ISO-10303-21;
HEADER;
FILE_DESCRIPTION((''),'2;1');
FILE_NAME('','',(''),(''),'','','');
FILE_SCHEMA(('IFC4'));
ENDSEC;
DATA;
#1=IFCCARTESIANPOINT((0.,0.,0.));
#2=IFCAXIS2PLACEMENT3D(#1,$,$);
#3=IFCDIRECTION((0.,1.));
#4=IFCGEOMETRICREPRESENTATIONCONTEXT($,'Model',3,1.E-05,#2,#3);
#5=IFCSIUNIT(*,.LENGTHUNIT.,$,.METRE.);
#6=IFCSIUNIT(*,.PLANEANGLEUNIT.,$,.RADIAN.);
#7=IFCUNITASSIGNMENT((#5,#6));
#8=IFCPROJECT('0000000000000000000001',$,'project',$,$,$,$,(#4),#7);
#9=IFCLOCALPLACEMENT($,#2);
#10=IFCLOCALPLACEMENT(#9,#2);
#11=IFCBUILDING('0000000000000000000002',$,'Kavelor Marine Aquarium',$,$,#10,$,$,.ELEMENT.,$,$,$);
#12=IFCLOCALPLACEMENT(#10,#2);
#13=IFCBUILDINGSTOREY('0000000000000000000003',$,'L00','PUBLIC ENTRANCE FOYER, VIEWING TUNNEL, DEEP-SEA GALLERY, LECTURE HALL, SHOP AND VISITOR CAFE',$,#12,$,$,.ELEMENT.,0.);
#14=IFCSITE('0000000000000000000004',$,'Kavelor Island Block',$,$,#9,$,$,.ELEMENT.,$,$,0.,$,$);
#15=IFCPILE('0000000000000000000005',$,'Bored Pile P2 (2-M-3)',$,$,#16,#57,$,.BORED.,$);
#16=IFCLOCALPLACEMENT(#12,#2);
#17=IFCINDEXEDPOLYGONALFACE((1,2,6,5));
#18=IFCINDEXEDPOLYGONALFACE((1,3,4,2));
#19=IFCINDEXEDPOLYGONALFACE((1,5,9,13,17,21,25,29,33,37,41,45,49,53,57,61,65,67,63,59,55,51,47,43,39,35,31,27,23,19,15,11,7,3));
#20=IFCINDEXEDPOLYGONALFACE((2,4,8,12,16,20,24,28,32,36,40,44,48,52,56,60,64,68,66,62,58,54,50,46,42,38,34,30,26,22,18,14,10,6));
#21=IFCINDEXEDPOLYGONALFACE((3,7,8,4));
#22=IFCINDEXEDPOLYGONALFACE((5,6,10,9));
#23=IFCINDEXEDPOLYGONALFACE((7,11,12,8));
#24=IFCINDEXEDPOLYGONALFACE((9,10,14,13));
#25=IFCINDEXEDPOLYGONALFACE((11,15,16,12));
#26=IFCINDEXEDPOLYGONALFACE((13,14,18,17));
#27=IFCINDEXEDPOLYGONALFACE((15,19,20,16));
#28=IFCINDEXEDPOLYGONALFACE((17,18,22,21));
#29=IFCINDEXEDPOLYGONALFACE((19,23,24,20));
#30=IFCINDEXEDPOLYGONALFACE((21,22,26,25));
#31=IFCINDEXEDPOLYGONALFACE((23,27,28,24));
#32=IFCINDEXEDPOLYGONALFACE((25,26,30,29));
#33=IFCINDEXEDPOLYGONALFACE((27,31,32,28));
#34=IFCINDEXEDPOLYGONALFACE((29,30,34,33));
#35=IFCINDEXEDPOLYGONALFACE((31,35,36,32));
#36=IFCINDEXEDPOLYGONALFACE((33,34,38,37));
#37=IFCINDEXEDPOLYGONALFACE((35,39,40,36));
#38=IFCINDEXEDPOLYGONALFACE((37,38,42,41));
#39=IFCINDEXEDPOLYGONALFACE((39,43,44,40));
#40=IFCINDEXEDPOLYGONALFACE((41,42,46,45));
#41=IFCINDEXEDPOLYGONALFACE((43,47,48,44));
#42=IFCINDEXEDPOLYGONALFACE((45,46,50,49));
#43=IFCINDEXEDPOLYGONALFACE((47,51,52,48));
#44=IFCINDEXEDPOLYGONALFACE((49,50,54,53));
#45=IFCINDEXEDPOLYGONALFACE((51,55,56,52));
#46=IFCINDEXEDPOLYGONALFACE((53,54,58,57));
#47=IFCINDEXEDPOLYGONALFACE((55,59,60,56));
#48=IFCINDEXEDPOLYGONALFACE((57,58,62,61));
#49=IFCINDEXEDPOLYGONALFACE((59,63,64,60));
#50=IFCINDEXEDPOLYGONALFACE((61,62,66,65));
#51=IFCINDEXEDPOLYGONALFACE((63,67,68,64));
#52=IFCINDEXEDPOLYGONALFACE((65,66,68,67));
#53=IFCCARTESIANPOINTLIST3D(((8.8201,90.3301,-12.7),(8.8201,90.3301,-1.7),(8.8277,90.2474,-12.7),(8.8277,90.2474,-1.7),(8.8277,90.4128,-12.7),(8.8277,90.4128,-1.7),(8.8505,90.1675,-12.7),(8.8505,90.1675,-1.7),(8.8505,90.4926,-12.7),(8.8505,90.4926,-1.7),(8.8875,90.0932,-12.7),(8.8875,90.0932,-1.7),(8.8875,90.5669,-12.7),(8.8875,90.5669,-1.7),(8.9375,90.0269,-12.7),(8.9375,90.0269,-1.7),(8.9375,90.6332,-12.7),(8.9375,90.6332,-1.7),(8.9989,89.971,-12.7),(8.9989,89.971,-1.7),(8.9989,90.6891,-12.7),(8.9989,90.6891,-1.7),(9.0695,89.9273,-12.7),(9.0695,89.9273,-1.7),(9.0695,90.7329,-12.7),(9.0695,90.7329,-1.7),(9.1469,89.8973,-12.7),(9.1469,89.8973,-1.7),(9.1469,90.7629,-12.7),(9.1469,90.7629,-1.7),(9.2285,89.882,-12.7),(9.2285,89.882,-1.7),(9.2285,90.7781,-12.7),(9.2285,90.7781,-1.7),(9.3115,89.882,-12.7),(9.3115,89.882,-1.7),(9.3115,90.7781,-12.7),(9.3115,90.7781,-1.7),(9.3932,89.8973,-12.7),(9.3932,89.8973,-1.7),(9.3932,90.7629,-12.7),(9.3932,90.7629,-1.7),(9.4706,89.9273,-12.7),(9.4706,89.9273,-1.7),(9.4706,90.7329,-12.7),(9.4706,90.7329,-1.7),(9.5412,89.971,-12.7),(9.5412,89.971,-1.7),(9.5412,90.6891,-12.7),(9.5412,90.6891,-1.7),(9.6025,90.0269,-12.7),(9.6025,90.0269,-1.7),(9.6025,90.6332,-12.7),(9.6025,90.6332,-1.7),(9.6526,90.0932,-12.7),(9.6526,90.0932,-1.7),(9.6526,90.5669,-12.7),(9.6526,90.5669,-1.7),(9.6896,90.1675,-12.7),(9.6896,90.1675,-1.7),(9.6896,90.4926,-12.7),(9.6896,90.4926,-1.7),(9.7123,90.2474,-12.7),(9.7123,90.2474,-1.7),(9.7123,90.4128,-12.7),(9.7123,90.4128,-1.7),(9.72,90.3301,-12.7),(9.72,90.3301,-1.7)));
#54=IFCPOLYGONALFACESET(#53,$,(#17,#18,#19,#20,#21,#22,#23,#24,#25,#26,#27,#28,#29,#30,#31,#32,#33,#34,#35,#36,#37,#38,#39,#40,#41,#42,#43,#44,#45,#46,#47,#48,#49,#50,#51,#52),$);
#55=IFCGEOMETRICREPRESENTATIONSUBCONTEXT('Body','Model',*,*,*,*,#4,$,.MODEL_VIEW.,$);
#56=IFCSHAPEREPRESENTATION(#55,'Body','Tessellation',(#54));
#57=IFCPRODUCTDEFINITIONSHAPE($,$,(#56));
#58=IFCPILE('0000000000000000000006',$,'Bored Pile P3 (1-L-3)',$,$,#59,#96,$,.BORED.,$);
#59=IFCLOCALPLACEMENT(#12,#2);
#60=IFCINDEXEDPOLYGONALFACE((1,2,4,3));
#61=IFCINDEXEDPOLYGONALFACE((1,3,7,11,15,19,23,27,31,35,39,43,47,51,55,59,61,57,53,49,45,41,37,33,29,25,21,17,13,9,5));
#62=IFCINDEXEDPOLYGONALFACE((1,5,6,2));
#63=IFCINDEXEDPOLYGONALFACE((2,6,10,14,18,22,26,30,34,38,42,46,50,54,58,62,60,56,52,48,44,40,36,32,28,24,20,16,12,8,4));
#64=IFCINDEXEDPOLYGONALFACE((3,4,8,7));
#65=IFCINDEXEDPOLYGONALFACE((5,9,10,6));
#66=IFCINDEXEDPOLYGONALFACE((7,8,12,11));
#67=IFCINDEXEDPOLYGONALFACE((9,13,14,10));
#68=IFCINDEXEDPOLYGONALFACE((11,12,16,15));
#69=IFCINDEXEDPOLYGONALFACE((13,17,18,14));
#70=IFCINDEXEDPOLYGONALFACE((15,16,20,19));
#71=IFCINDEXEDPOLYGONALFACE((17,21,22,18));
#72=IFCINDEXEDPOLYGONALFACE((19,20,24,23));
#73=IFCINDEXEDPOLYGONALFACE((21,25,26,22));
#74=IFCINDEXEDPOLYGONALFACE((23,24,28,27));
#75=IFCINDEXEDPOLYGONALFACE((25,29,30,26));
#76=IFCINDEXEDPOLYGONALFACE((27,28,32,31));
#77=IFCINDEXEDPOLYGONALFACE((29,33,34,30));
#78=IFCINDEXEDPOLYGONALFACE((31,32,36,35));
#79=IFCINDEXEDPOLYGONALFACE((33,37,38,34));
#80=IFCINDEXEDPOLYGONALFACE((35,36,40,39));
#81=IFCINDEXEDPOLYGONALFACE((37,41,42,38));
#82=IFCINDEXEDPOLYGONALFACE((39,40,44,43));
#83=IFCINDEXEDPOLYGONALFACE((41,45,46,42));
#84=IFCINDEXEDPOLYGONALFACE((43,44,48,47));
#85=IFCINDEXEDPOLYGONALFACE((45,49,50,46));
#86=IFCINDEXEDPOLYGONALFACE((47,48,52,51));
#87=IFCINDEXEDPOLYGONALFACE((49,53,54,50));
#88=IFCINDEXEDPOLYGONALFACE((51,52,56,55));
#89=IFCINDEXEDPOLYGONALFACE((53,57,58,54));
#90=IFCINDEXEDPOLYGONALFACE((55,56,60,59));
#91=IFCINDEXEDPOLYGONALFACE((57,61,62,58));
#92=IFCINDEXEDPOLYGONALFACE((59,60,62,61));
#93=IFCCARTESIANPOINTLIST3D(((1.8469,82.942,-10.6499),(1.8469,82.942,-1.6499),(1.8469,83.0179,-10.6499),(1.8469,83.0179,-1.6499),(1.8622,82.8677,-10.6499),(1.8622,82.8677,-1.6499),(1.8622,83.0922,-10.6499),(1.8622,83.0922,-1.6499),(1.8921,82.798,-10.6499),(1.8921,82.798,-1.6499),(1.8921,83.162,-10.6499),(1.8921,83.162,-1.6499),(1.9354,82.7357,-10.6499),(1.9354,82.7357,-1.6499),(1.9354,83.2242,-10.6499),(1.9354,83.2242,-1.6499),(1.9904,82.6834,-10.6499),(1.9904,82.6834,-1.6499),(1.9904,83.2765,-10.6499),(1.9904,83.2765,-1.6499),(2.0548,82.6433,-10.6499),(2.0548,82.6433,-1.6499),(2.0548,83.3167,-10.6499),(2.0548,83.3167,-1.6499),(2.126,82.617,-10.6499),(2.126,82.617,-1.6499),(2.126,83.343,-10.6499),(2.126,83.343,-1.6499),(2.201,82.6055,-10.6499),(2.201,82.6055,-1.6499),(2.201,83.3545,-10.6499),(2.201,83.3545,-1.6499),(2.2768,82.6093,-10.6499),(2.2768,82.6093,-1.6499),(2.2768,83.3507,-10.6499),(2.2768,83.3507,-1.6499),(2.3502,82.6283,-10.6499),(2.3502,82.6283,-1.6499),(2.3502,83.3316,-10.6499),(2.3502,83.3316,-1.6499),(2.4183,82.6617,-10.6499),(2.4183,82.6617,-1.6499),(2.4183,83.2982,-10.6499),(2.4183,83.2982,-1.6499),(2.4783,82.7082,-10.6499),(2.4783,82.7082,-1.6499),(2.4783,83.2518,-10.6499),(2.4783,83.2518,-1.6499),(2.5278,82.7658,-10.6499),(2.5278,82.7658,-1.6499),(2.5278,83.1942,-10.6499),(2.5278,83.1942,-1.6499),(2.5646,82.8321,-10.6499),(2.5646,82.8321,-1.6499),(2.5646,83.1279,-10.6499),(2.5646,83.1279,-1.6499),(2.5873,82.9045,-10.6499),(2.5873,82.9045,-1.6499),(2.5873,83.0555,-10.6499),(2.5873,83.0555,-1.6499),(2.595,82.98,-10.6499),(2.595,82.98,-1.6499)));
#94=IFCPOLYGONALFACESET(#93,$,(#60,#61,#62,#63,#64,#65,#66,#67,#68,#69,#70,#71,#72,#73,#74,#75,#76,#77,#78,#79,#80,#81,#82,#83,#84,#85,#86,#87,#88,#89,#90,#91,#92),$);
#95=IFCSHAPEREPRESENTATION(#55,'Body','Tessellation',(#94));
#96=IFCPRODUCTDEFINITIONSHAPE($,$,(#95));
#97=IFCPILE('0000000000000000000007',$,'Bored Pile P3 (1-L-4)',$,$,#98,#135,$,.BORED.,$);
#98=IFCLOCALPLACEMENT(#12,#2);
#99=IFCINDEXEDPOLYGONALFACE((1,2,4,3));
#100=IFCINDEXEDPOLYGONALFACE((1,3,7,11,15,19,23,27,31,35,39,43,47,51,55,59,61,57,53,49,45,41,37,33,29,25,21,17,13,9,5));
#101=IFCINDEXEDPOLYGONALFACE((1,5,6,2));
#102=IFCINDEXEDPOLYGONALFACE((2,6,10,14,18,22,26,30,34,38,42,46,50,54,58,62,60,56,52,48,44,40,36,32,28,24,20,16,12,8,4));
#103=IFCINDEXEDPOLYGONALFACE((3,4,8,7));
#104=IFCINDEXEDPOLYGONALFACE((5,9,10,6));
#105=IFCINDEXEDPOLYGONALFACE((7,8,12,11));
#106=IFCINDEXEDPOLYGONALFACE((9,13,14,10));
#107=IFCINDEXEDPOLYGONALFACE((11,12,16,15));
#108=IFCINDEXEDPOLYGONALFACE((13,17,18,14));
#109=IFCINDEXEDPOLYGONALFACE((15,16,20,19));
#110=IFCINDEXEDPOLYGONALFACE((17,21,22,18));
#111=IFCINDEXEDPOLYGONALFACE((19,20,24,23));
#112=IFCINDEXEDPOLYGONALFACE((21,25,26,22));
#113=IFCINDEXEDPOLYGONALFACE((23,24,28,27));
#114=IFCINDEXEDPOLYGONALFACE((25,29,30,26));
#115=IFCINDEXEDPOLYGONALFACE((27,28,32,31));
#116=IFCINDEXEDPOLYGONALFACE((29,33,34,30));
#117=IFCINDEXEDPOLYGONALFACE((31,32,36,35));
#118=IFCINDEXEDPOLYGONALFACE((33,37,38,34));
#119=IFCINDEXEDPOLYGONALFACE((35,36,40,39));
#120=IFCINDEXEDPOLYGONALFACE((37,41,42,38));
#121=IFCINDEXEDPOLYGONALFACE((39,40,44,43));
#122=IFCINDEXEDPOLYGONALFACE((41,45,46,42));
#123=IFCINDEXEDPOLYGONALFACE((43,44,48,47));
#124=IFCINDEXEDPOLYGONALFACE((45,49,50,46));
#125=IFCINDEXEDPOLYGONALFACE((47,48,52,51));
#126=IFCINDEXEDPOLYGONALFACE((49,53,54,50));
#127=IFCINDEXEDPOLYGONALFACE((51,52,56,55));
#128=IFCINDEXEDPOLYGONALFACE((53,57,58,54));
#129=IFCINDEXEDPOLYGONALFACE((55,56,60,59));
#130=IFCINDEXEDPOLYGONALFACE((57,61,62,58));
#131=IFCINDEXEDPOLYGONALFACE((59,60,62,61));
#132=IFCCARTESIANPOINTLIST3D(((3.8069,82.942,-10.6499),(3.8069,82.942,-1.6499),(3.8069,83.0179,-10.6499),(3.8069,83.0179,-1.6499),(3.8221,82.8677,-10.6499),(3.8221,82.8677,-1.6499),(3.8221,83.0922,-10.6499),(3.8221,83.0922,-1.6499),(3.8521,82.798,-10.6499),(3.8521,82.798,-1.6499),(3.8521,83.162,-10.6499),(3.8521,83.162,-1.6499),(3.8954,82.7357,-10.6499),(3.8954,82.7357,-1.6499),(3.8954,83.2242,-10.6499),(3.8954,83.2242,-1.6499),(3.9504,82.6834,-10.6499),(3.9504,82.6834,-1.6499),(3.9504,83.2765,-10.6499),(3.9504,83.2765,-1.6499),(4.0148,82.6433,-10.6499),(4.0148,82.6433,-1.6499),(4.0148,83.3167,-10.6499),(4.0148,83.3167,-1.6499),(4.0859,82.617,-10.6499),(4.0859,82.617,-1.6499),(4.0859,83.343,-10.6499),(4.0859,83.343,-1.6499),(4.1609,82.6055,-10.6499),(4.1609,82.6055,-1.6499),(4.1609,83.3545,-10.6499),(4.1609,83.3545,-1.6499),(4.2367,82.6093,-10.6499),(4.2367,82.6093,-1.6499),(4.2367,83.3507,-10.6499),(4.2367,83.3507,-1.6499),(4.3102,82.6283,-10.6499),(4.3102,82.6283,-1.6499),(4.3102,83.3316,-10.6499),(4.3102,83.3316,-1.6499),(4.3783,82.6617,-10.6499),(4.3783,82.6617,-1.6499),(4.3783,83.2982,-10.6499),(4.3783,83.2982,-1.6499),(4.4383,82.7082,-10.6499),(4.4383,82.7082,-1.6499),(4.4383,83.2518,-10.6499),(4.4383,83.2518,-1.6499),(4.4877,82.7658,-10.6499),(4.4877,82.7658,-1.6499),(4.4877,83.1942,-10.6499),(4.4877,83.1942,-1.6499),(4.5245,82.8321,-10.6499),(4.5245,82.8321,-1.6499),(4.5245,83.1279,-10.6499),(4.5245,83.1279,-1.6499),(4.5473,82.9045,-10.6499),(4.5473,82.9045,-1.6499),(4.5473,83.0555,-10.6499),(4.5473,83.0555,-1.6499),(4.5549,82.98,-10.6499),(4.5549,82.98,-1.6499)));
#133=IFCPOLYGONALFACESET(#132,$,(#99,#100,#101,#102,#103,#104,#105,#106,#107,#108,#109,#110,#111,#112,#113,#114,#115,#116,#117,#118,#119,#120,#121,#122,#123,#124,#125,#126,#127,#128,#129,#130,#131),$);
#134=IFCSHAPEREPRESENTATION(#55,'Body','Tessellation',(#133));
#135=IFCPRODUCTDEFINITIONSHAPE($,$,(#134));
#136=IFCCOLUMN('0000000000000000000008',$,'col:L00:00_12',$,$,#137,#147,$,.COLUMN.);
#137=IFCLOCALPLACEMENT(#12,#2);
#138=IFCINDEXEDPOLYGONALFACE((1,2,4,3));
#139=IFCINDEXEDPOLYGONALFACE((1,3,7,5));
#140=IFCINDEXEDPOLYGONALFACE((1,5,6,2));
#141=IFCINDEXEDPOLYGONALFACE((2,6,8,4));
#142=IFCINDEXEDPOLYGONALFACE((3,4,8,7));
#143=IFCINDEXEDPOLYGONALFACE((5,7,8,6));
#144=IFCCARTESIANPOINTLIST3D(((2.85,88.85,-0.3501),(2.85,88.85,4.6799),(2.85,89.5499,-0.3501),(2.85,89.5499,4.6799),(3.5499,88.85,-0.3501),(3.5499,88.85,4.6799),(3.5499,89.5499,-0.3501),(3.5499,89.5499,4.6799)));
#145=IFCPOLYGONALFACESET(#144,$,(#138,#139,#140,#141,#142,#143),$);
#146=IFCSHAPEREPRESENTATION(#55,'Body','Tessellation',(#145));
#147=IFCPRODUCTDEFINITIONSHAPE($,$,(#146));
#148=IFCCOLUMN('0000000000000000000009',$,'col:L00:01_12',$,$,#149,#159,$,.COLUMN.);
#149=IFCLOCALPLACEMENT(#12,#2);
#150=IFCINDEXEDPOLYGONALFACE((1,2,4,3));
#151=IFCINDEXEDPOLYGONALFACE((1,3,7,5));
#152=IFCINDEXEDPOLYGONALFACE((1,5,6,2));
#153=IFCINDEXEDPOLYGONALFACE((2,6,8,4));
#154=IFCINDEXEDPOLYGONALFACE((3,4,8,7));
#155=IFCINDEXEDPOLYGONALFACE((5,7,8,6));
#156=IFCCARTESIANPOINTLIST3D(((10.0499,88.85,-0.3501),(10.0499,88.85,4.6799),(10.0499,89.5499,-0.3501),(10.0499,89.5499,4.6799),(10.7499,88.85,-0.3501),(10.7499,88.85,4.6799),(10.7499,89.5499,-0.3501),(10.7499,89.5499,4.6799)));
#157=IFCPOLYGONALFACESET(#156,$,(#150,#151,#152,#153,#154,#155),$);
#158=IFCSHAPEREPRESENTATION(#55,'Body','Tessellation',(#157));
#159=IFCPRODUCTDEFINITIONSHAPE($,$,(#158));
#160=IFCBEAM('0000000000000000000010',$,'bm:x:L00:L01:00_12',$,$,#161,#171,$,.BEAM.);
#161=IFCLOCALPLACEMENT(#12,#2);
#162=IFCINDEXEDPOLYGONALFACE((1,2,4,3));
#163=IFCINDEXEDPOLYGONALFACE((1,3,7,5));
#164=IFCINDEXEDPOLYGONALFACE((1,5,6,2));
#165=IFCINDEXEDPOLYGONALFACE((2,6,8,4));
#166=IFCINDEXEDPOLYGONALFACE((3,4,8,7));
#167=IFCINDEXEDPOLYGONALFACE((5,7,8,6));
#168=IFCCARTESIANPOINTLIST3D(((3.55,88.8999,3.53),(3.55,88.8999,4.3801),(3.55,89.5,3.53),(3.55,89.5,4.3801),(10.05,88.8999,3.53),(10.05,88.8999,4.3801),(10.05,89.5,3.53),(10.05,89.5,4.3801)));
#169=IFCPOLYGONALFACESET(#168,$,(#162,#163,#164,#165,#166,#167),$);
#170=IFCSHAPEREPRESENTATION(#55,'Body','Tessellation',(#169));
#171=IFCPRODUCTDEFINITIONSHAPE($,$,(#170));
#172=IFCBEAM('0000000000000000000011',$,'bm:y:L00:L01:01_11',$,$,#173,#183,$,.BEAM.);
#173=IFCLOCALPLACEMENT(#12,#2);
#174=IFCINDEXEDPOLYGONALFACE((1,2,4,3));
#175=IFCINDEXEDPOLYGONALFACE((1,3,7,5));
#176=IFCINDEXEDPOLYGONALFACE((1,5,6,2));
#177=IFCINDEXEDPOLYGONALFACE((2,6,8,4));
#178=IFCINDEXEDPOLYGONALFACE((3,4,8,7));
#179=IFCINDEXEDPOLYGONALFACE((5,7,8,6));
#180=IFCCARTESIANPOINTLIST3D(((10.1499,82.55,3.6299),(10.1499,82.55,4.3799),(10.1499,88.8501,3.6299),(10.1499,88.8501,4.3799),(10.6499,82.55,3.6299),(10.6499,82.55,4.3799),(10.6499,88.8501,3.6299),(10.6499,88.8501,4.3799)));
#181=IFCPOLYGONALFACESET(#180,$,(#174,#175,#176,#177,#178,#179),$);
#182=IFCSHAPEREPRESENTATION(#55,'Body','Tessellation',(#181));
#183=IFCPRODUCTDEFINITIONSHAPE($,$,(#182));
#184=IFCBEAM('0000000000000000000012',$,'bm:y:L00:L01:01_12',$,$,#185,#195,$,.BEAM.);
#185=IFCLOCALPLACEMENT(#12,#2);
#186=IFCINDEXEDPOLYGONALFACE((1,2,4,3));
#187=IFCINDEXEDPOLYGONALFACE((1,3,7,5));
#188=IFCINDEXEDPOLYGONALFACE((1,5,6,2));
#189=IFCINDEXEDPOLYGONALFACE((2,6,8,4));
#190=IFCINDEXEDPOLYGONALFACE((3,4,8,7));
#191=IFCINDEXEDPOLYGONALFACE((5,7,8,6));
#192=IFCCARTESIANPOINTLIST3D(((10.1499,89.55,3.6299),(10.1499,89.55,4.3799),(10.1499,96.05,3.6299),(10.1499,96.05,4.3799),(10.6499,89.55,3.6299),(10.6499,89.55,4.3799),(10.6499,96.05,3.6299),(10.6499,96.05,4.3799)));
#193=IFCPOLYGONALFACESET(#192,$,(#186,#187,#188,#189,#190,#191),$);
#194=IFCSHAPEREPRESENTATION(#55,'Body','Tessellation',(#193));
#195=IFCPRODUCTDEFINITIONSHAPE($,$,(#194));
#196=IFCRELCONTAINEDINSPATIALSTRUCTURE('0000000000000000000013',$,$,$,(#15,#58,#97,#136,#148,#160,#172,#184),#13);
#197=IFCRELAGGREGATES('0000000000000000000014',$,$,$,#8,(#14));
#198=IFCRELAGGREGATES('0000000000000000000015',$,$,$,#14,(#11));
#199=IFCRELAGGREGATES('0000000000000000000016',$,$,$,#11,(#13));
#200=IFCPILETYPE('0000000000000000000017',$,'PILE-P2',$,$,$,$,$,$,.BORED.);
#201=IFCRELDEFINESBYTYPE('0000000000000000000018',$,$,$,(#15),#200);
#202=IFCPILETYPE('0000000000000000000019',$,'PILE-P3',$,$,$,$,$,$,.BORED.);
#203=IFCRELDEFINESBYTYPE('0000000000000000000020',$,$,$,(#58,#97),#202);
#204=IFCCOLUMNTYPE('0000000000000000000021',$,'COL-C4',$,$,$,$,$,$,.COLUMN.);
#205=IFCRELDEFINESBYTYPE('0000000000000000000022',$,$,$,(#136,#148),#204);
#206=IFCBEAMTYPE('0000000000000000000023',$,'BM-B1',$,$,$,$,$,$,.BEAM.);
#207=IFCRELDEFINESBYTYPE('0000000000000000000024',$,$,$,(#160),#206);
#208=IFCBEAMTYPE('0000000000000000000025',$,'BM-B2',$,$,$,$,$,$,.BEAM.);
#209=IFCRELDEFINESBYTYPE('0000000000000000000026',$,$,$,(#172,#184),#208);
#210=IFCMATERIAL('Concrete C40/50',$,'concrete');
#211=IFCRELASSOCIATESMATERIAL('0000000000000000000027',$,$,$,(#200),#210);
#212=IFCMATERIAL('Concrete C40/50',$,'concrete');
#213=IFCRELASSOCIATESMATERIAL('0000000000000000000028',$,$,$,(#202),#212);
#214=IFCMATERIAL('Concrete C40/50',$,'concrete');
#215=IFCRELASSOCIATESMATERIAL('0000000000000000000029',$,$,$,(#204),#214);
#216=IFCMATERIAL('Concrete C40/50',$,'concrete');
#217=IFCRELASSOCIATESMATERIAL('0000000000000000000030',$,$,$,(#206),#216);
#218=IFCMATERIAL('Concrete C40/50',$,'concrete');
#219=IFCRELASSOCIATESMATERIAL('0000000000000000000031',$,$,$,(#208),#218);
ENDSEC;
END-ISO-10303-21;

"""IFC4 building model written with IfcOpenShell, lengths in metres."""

from ifc_helpers import new_model, si_unit, direction, frame, origin, origin_2d, place, context, subcontext, project, spatial, rectangle, circle, extrude, material, material_profile, profile_set, type_object, element, save


model = new_model("IFC4")

# Units and contexts
model_context = context("Model", 3, precision=1e-05, world=origin(), true_north=direction((0.0, 1.0)))
body_context = subcontext(model_context, "Body", "Model", "MODEL_VIEW")
ifc_project = project(units=[si_unit("LENGTHUNIT", "METRE"), si_unit("PLANEANGLEUNIT", "RADIAN")], contexts=[model_context])

# Site, building, storey
site_placement = place(None, origin())
site = spatial("IfcSite", under=ifc_project, at=site_placement, Name="Kavelor Island Block", CompositionType="ELEMENT", RefElevation=0.0)
building_placement = place(site_placement, origin())
building = spatial("IfcBuilding", under=site, at=building_placement, Name="Kavelor Marine Aquarium", CompositionType="ELEMENT")
storey_placement = place(building_placement, origin())
storey = spatial("IfcBuildingStorey", under=building, at=storey_placement, Name="L00", Description="PUBLIC ENTRANCE FOYER, VIEWING TUNNEL, DEEP-SEA GALLERY, LECTURE HALL, SHOP AND VISITOR CAFE", CompositionType="ELEMENT", Elevation=0.0)

# Piles
ifc_material_1 = material(Name="Concrete C40/50", Category="concrete")
ifc_material_profile_1 = material_profile(ifc_material_1, circle(Radius=0.45, at=origin_2d()), Name="PILE D900")
ifc_profile_set_1 = profile_set([ifc_material_profile_1], Name="Concrete C40/50")
pile_type_1 = type_object("IfcPileType", Name="PILE-P2", PredefinedType="BORED", material=ifc_profile_set_1)
for number, where, z_axis, x_axis, name in (
    (1, (9.27, 90.3301, -1.7), (0.0, 0.0, -1.0), (1.0, 0.0, 0.0), "Bored Pile P2 (2-M-3)"),
):
    element("IfcPile", number, at=place(storey_placement, frame(where, z_axis=z_axis, x_axis=x_axis)), inside=storey, type_object=pile_type_1, Name=name, PredefinedType="BORED", context=body_context, shape_type="SweptSolid", body=[
        extrude(circle(Radius=0.45, at=origin_2d()), origin(), (0.0, 0.0, 1.0), 11.0),
    ])
ifc_material_2 = material(Name="Concrete C40/50", Category="concrete")
ifc_material_profile_2 = material_profile(ifc_material_2, circle(Radius=0.375, at=origin_2d()), Name="PILE D750")
ifc_profile_set_2 = profile_set([ifc_material_profile_2], Name="Concrete C40/50")
pile_type_2 = type_object("IfcPileType", Name="PILE-P3", PredefinedType="BORED", material=ifc_profile_set_2)
for number, where, z_axis, x_axis, name in (
    (2, (2.22, 82.98, -1.6499), (0.0, 0.0, -1.0), (1.0, 0.0, 0.0), "Bored Pile P3 (1-L-3)"),
    (3, (4.1799, 82.98, -1.6499), (0.0, 0.0, -1.0), (1.0, 0.0, 0.0), "Bored Pile P3 (1-L-4)"),
):
    element("IfcPile", number, at=place(storey_placement, frame(where, z_axis=z_axis, x_axis=x_axis)), inside=storey, type_object=pile_type_2, Name=name, PredefinedType="BORED", context=body_context, shape_type="SweptSolid", body=[
        extrude(circle(Radius=0.375, at=origin_2d()), origin(), (0.0, 0.0, 1.0), 9.0),
    ])

# Columns
ifc_material_3 = material(Name="Concrete C40/50", Category="concrete")
ifc_material_profile_3 = material_profile(ifc_material_3, rectangle(XDim=0.7, YDim=0.7, at=origin_2d()), Name="RC-COL 700x700")
ifc_profile_set_3 = profile_set([ifc_material_profile_3], Name="Concrete C40/50")
column_type = type_object("IfcColumnType", Name="COL-C4", PredefinedType="COLUMN", material=ifc_profile_set_3)
for number, where, z_axis, x_axis, name in (
    (4, (3.2, 89.2, -0.3501), (0.0, 0.0, 1.0), (1.0, 0.0, 0.0), "col:L00:00_12"),
    (5, (10.3999, 89.2, -0.3501), (0.0, 0.0, 1.0), (1.0, 0.0, 0.0), "col:L00:01_12"),
):
    element("IfcColumn", number, at=place(storey_placement, frame(where, z_axis=z_axis, x_axis=x_axis)), inside=storey, type_object=column_type, Name=name, PredefinedType="COLUMN", context=body_context, shape_type="SweptSolid", body=[
        extrude(rectangle(XDim=0.7, YDim=0.7, at=origin_2d()), origin(), (0.0, 0.0, 1.0), 5.03),
    ])

# Beams
ifc_material_4 = material(Name="Concrete C40/50", Category="concrete")
ifc_material_profile_4 = material_profile(ifc_material_4, rectangle(XDim=0.6001, YDim=0.8501, at=origin_2d()), Name="RC-BM 600x850")
ifc_profile_set_4 = profile_set([ifc_material_profile_4], Name="Concrete C40/50")
beam_type_1 = type_object("IfcBeamType", Name="BM-B1", PredefinedType="BEAM", material=ifc_profile_set_4)
beam_1_placement = place(storey_placement, frame((3.55, 89.2, 3.9551), z_axis=(1.0, 0.0, 0.0), x_axis=(0.0, 1.0, 0.0)))
element("IfcBeam", 6, at=beam_1_placement, inside=storey, type_object=beam_type_1, Name="bm:x:L00:L01:00_12", PredefinedType="BEAM", context=body_context, shape_type="SweptSolid", body=[
    extrude(rectangle(XDim=0.6001, YDim=0.8501, at=origin_2d()), origin(), (0.0, 0.0, 1.0), 6.5),
])
ifc_material_5 = material(Name="Concrete C40/50", Category="concrete")
ifc_material_profile_5 = material_profile(ifc_material_5, rectangle(XDim=0.5, YDim=0.75, at=origin_2d()), Name="RC-BM 500x750")
ifc_profile_set_5 = profile_set([ifc_material_profile_5], Name="Concrete C40/50")
beam_type_2 = type_object("IfcBeamType", Name="BM-B2", PredefinedType="BEAM", material=ifc_profile_set_5)
beam_2_placement = place(storey_placement, frame((10.3999, 82.55, 4.0049), z_axis=(0.0, 1.0, 0.0), x_axis=(-1.0, 0.0, 0.0)))
element("IfcBeam", 7, at=beam_2_placement, inside=storey, type_object=beam_type_2, Name="bm:y:L00:L01:01_11", PredefinedType="BEAM", context=body_context, shape_type="SweptSolid", body=[
    extrude(rectangle(XDim=0.5, YDim=0.75, at=origin_2d()), origin(), (0.0, 0.0, 1.0), 6.3),
])
beam_3_placement = place(storey_placement, frame((10.3999, 89.55, 4.0049), z_axis=(0.0, 1.0, 0.0), x_axis=(-1.0, 0.0, 0.0)))
element("IfcBeam", 8, at=beam_3_placement, inside=storey, type_object=beam_type_2, Name="bm:y:L00:L01:01_12", PredefinedType="BEAM", context=body_context, shape_type="SweptSolid", body=[
    extrude(rectangle(XDim=0.5, YDim=0.75, at=origin_2d()), origin(), (0.0, 0.0, 1.0), 6.5),
])

save(model, "model.ifc")
